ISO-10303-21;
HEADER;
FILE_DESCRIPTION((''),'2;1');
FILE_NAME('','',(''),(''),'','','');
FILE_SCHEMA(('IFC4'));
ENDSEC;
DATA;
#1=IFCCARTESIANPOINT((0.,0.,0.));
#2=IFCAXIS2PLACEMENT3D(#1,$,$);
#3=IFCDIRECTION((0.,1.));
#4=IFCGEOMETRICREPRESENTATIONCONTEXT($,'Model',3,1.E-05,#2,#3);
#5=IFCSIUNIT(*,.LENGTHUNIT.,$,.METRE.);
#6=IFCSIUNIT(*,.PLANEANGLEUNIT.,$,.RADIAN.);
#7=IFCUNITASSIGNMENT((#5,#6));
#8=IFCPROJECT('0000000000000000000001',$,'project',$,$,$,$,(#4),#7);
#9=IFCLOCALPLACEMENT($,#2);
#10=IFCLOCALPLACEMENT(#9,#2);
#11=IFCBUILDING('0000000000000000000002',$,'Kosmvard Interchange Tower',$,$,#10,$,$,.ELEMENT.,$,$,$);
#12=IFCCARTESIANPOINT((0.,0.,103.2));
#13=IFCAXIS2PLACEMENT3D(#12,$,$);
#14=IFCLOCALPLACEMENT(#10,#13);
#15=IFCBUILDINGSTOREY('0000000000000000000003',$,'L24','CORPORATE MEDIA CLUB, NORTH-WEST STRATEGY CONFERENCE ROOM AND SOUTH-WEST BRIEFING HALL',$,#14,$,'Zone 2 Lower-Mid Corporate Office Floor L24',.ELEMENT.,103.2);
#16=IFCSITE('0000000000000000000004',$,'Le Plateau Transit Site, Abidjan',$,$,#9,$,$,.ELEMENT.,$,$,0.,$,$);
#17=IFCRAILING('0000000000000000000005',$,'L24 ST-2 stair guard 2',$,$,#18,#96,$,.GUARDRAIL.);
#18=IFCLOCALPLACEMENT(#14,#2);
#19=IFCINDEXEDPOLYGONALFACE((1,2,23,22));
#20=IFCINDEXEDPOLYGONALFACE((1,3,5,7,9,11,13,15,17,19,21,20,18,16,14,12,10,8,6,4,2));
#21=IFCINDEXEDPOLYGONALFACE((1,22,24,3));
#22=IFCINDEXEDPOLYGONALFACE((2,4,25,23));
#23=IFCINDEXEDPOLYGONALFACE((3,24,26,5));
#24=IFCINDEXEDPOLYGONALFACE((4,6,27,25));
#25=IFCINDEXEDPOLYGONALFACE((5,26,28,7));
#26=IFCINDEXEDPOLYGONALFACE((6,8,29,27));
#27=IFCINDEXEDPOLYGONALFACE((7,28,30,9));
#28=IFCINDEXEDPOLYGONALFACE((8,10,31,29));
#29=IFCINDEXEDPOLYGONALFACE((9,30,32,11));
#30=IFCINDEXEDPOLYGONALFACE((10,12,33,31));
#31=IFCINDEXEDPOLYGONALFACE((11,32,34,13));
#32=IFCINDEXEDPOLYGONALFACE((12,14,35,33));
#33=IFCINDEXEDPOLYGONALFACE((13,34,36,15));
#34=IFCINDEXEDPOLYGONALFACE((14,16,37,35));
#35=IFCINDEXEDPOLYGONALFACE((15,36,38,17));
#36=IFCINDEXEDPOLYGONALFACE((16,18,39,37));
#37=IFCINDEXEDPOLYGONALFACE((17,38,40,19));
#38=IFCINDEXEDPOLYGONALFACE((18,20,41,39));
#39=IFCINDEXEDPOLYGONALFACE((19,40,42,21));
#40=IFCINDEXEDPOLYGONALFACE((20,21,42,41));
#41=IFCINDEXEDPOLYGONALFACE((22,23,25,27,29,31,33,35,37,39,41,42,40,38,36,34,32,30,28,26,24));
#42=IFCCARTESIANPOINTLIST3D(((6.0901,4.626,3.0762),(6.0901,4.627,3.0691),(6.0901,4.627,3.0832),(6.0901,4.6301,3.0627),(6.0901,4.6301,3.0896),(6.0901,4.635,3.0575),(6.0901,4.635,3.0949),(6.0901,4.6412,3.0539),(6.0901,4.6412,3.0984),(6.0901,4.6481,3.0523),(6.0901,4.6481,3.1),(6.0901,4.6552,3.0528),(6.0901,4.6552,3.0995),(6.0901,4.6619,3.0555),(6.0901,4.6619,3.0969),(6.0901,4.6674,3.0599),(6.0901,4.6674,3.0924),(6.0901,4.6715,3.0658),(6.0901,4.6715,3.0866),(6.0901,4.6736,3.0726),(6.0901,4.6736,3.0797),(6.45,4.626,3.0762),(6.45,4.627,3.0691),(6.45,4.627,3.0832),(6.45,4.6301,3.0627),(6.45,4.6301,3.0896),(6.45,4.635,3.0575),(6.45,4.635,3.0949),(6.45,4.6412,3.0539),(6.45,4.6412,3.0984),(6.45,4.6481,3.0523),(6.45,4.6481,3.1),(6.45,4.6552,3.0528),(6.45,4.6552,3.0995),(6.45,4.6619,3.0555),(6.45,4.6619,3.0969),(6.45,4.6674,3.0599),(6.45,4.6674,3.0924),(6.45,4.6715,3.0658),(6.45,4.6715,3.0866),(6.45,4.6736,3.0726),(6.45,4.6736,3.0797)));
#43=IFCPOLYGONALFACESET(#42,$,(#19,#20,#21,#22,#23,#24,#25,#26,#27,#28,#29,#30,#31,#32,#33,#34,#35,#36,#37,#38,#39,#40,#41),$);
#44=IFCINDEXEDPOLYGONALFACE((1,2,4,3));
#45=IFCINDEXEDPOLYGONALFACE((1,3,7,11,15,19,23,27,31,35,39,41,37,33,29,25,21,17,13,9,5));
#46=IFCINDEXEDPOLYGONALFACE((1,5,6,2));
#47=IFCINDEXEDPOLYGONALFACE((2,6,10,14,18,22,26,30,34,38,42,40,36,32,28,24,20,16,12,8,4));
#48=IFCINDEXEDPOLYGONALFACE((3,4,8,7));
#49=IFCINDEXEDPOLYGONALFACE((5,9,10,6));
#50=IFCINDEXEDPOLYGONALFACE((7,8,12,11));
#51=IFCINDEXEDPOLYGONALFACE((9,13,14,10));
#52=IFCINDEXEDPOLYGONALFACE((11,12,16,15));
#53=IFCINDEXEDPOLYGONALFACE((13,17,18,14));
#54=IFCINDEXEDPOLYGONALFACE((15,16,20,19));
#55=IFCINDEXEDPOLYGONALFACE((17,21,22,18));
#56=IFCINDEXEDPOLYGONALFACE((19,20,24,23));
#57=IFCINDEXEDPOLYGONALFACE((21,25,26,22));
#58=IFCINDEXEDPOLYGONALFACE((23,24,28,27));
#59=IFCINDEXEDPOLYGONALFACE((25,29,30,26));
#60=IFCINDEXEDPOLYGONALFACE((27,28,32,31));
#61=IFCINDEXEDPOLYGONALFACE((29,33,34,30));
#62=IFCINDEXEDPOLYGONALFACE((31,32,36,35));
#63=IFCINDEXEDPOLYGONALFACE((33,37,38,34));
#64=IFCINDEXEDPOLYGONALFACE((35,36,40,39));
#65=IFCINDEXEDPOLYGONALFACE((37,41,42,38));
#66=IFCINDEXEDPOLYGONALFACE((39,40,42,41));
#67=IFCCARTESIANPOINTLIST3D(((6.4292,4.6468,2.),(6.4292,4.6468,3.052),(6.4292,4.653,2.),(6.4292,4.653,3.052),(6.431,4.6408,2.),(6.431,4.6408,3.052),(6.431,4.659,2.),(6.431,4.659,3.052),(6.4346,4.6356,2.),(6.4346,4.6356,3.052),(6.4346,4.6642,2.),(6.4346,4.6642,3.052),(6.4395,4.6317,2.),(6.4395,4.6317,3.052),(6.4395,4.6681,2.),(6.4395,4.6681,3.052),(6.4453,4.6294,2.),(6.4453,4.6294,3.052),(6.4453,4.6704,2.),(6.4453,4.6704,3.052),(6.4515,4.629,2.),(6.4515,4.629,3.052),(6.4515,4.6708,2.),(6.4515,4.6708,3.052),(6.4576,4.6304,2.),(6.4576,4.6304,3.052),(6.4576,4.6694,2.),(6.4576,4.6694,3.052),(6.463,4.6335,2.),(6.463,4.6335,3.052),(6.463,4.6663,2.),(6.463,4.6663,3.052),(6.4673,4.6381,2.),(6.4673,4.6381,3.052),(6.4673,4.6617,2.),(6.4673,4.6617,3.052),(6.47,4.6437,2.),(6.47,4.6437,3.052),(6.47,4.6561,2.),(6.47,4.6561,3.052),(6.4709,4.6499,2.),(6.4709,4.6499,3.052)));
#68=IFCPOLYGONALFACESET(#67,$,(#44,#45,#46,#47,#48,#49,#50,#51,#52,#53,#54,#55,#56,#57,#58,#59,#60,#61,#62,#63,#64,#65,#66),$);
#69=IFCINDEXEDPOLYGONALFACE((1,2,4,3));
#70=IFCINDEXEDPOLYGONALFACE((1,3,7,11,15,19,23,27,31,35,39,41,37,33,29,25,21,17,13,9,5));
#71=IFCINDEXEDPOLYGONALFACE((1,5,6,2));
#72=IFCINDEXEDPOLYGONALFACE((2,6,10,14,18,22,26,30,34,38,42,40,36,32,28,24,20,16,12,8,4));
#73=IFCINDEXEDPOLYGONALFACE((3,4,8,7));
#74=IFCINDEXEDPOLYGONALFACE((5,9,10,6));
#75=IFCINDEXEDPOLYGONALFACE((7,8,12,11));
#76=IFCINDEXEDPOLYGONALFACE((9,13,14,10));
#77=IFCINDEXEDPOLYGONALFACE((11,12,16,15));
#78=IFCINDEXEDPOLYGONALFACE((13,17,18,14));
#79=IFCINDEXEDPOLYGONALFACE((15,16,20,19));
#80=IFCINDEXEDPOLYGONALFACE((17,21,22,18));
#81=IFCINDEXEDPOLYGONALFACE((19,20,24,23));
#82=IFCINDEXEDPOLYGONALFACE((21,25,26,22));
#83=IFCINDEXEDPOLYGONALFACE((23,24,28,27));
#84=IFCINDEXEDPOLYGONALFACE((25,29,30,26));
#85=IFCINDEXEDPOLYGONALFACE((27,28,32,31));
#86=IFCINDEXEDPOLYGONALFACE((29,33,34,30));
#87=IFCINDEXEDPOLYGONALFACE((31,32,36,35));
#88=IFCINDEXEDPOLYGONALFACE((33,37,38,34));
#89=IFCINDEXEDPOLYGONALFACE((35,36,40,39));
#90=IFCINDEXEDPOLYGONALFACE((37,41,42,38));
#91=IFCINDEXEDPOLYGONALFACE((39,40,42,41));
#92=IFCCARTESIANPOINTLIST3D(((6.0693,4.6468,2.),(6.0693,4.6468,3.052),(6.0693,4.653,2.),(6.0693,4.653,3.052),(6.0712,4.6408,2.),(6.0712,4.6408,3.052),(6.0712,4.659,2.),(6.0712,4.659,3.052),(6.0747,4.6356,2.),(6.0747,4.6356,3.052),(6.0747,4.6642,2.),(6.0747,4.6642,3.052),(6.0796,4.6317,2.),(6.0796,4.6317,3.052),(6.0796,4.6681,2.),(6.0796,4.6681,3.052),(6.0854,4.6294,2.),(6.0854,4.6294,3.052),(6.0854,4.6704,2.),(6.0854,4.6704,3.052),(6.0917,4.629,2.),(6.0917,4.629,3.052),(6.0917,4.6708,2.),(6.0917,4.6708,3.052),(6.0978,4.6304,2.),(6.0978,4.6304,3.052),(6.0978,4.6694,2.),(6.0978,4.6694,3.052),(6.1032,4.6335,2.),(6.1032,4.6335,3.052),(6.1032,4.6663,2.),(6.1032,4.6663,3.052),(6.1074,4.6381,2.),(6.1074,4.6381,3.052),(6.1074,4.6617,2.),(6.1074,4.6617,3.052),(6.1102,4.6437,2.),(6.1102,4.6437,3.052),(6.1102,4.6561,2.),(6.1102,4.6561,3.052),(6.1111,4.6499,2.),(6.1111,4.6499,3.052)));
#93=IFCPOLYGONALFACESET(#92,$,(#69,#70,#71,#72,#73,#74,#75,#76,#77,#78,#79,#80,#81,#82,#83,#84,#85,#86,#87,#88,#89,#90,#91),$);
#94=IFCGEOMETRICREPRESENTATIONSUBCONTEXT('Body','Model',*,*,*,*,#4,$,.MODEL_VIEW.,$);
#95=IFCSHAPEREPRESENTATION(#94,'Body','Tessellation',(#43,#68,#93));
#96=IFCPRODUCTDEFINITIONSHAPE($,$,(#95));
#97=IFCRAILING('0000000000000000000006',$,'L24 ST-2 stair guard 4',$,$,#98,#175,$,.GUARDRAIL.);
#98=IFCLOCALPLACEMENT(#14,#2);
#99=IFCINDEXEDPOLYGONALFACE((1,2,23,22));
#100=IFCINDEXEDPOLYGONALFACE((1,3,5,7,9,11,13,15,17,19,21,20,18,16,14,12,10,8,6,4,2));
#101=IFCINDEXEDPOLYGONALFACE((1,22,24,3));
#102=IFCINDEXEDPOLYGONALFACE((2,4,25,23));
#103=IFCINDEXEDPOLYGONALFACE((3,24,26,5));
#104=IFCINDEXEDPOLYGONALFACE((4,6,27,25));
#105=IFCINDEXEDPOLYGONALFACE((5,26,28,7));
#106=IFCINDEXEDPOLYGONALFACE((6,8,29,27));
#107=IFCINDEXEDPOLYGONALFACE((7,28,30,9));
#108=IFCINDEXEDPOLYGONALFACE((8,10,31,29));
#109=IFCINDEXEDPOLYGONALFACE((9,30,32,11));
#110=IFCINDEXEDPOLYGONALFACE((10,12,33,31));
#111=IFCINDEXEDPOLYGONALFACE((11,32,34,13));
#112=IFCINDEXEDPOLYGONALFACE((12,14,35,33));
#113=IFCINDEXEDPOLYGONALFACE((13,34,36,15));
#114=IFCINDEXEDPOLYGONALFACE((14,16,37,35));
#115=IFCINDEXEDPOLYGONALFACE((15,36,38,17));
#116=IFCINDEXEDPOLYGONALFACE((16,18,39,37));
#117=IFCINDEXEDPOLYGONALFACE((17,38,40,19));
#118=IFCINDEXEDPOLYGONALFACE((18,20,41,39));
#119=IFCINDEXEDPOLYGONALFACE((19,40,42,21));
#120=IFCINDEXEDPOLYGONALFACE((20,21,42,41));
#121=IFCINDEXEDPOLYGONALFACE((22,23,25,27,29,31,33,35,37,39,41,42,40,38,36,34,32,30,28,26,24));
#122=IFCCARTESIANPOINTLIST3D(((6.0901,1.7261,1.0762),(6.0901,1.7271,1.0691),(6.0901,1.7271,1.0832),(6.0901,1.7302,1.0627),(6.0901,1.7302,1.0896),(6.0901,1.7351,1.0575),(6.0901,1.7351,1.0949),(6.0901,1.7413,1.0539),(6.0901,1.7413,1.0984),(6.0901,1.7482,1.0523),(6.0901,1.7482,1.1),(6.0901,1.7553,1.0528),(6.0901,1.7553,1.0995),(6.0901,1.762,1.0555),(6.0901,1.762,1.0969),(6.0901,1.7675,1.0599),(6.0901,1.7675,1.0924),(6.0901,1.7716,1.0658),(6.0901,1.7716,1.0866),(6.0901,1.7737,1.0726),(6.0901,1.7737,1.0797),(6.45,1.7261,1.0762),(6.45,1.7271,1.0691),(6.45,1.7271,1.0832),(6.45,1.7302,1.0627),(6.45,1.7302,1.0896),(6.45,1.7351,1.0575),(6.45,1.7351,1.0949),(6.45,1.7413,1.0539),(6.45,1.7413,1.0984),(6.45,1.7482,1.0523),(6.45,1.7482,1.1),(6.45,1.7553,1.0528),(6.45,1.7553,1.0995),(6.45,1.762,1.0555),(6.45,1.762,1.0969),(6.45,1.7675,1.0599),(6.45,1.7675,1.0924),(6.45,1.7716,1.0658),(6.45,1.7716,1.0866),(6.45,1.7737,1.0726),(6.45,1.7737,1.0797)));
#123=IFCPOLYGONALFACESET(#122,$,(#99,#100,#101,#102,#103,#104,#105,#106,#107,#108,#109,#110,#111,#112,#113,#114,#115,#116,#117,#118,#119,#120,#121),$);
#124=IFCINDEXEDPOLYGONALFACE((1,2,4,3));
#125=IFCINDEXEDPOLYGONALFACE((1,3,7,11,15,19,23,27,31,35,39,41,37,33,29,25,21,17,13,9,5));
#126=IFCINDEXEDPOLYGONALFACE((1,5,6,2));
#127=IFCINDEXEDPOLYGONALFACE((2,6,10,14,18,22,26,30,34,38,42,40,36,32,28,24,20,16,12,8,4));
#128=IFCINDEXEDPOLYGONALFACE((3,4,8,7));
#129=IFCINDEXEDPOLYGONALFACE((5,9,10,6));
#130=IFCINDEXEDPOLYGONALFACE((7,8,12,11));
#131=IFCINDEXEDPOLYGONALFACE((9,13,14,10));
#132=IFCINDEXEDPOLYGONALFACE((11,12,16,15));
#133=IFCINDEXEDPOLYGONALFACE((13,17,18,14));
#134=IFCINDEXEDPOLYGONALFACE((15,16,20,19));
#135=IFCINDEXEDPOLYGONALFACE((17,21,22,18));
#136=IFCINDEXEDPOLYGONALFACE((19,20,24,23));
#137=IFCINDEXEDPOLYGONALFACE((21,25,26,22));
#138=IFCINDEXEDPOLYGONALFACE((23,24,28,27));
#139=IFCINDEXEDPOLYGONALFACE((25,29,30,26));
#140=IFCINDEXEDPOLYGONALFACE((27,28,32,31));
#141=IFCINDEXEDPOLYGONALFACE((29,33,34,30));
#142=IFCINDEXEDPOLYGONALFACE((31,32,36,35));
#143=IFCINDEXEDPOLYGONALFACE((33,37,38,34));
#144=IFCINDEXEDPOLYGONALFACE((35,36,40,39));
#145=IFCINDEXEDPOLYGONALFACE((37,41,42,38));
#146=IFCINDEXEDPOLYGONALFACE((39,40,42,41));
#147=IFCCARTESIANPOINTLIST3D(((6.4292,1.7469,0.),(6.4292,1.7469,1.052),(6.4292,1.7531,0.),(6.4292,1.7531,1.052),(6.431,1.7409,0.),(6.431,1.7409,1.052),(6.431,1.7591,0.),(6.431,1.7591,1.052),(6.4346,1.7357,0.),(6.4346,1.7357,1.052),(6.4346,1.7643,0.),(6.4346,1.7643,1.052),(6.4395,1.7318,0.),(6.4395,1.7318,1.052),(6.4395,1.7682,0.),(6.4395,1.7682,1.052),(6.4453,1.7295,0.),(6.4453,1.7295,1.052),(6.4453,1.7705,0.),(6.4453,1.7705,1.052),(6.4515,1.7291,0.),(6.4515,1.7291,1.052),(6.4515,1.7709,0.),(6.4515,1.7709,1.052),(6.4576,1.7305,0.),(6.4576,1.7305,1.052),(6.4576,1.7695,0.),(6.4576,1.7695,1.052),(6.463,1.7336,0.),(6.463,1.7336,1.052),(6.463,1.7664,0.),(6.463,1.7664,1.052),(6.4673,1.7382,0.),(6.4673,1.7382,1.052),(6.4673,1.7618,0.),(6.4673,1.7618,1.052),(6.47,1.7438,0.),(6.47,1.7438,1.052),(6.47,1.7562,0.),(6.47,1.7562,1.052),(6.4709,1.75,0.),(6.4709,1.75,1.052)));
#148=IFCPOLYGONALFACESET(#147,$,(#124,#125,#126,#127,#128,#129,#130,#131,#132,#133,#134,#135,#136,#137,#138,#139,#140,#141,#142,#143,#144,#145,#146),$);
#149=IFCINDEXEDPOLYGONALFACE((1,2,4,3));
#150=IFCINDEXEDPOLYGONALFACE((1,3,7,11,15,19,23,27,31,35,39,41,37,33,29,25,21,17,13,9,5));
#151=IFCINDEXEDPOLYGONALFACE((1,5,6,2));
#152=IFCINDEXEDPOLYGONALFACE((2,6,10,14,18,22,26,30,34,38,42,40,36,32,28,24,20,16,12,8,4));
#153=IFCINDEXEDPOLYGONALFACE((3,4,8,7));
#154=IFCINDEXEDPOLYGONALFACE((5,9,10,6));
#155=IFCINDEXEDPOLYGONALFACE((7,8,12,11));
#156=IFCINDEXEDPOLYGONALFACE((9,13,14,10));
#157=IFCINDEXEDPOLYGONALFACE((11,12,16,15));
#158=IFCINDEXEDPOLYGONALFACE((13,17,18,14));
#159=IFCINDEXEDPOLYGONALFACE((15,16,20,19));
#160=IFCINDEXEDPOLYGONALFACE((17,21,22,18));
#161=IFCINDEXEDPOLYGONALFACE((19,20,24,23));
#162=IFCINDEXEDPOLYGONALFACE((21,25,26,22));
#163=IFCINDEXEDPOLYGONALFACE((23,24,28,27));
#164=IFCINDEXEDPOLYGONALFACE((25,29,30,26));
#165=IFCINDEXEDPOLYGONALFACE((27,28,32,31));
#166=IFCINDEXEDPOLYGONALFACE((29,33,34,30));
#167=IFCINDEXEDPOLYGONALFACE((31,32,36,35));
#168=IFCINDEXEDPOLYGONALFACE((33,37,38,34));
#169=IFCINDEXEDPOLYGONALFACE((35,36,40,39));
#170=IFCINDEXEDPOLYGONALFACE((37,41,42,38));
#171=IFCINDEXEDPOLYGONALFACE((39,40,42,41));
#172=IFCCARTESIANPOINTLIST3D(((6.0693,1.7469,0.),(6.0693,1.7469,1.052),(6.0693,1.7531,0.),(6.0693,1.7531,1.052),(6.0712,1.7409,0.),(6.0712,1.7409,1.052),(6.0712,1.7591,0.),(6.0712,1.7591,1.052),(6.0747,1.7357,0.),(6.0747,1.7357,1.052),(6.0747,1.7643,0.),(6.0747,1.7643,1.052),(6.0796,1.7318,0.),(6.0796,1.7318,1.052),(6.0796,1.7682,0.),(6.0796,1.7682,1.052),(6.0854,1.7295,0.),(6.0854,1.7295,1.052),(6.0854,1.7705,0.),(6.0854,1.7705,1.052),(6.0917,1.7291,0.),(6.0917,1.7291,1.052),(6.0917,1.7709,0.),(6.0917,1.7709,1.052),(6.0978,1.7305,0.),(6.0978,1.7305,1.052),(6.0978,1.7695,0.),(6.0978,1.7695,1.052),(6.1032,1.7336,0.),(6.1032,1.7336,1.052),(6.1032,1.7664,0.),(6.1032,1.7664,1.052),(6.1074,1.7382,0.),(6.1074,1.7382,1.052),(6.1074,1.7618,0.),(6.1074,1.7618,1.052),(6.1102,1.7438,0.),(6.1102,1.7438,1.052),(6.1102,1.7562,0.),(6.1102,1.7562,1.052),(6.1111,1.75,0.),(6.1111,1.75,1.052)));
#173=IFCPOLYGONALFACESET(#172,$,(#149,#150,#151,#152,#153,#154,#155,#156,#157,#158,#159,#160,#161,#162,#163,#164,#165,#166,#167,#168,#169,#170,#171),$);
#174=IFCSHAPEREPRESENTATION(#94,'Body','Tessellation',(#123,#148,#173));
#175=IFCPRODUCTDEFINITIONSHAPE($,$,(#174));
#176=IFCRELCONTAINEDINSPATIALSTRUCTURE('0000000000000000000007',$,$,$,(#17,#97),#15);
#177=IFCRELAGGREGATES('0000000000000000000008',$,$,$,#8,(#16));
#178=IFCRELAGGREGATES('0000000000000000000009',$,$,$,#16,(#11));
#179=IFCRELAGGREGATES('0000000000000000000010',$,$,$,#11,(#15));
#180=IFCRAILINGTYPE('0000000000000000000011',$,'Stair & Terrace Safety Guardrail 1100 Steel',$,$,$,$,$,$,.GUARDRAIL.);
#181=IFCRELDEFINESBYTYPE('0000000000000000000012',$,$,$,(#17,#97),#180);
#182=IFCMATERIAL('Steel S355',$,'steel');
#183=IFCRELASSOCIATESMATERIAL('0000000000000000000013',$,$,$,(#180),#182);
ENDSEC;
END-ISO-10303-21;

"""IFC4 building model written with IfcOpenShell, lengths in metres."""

from ifc_helpers import new_model, si_unit, direction, frame, origin, origin_2d, place, context, subcontext, project, spatial, circle, extrude, source, transform, mapped, material, type_object, element, save


model = new_model("IFC4")

# Units and contexts
model_context = context("Model", 3, precision=1e-05, world=origin(), true_north=direction((0.0, 1.0)))
body_context = subcontext(model_context, "Body", "Model", "MODEL_VIEW")
ifc_project = project(units=[si_unit("LENGTHUNIT", "METRE"), si_unit("PLANEANGLEUNIT", "RADIAN")], contexts=[model_context])

# Site, building, storey
site_placement = place(None, origin())
site = spatial("IfcSite", under=ifc_project, at=site_placement, Name="Le Plateau Transit Site, Abidjan", CompositionType="ELEMENT", RefElevation=0.0)
building_placement = place(site_placement, origin())
building = spatial("IfcBuilding", under=site, at=building_placement, Name="Kosmvard Interchange Tower", CompositionType="ELEMENT")
storey_placement = place(building_placement, frame((0.0, 0.0, 103.2)))
storey = spatial("IfcBuildingStorey", under=building, at=storey_placement, Name="L24", Description="CORPORATE MEDIA CLUB, NORTH-WEST STRATEGY CONFERENCE ROOM AND SOUTH-WEST BRIEFING HALL", LongName="Zone 2 Lower-Mid Corporate Office Floor L24", CompositionType="ELEMENT", Elevation=103.2)

# Shared definitions
ifc_material_1 = material(Name="Steel S355", Category="steel")

# Railings
railing_type_1 = type_object("IfcRailingType", Name="Stair & Terrace Safety Guardrail 1100 Steel", PredefinedType="GUARDRAIL", material=ifc_material_1)
shared_shape_1 = source(origin(), body_context, "Body", "SweptSolid", [
    extrude(circle(Radius=0.0239, at=origin_2d()), frame((0.0, 0.0, 1.0762), z_axis=(-1.0, 0.0, 0.0), x_axis=(0.0, -1.0, 0.0)), (0.0, 0.0, 1.0), 0.3599),
    extrude(circle(Radius=0.021, at=origin_2d()), origin(), (0.0, 0.0, 1.0), 1.052),
    extrude(circle(Radius=0.021, at=origin_2d()), frame((-0.3599, 0.0, 0.0)), (0.0, 0.0, 1.0), 1.052),
])
for number, where, name in (
    (1, (6.45, 4.6499, 2.0), "L24 ST-2 stair guard 2"),
    (2, (6.45, 1.75, 0.0), "L24 ST-2 stair guard 4"),
):
    element("IfcRailing", number, at=place(storey_placement, frame(where)), inside=storey, type_object=railing_type_1, Name=name, PredefinedType="GUARDRAIL", context=body_context, shape_type="MappedRepresentation", body=[
        mapped(shared_shape_1, transform((0.0, 0.0, 0.0), scale=1.0)),
    ])

save(model, "model.ifc")
